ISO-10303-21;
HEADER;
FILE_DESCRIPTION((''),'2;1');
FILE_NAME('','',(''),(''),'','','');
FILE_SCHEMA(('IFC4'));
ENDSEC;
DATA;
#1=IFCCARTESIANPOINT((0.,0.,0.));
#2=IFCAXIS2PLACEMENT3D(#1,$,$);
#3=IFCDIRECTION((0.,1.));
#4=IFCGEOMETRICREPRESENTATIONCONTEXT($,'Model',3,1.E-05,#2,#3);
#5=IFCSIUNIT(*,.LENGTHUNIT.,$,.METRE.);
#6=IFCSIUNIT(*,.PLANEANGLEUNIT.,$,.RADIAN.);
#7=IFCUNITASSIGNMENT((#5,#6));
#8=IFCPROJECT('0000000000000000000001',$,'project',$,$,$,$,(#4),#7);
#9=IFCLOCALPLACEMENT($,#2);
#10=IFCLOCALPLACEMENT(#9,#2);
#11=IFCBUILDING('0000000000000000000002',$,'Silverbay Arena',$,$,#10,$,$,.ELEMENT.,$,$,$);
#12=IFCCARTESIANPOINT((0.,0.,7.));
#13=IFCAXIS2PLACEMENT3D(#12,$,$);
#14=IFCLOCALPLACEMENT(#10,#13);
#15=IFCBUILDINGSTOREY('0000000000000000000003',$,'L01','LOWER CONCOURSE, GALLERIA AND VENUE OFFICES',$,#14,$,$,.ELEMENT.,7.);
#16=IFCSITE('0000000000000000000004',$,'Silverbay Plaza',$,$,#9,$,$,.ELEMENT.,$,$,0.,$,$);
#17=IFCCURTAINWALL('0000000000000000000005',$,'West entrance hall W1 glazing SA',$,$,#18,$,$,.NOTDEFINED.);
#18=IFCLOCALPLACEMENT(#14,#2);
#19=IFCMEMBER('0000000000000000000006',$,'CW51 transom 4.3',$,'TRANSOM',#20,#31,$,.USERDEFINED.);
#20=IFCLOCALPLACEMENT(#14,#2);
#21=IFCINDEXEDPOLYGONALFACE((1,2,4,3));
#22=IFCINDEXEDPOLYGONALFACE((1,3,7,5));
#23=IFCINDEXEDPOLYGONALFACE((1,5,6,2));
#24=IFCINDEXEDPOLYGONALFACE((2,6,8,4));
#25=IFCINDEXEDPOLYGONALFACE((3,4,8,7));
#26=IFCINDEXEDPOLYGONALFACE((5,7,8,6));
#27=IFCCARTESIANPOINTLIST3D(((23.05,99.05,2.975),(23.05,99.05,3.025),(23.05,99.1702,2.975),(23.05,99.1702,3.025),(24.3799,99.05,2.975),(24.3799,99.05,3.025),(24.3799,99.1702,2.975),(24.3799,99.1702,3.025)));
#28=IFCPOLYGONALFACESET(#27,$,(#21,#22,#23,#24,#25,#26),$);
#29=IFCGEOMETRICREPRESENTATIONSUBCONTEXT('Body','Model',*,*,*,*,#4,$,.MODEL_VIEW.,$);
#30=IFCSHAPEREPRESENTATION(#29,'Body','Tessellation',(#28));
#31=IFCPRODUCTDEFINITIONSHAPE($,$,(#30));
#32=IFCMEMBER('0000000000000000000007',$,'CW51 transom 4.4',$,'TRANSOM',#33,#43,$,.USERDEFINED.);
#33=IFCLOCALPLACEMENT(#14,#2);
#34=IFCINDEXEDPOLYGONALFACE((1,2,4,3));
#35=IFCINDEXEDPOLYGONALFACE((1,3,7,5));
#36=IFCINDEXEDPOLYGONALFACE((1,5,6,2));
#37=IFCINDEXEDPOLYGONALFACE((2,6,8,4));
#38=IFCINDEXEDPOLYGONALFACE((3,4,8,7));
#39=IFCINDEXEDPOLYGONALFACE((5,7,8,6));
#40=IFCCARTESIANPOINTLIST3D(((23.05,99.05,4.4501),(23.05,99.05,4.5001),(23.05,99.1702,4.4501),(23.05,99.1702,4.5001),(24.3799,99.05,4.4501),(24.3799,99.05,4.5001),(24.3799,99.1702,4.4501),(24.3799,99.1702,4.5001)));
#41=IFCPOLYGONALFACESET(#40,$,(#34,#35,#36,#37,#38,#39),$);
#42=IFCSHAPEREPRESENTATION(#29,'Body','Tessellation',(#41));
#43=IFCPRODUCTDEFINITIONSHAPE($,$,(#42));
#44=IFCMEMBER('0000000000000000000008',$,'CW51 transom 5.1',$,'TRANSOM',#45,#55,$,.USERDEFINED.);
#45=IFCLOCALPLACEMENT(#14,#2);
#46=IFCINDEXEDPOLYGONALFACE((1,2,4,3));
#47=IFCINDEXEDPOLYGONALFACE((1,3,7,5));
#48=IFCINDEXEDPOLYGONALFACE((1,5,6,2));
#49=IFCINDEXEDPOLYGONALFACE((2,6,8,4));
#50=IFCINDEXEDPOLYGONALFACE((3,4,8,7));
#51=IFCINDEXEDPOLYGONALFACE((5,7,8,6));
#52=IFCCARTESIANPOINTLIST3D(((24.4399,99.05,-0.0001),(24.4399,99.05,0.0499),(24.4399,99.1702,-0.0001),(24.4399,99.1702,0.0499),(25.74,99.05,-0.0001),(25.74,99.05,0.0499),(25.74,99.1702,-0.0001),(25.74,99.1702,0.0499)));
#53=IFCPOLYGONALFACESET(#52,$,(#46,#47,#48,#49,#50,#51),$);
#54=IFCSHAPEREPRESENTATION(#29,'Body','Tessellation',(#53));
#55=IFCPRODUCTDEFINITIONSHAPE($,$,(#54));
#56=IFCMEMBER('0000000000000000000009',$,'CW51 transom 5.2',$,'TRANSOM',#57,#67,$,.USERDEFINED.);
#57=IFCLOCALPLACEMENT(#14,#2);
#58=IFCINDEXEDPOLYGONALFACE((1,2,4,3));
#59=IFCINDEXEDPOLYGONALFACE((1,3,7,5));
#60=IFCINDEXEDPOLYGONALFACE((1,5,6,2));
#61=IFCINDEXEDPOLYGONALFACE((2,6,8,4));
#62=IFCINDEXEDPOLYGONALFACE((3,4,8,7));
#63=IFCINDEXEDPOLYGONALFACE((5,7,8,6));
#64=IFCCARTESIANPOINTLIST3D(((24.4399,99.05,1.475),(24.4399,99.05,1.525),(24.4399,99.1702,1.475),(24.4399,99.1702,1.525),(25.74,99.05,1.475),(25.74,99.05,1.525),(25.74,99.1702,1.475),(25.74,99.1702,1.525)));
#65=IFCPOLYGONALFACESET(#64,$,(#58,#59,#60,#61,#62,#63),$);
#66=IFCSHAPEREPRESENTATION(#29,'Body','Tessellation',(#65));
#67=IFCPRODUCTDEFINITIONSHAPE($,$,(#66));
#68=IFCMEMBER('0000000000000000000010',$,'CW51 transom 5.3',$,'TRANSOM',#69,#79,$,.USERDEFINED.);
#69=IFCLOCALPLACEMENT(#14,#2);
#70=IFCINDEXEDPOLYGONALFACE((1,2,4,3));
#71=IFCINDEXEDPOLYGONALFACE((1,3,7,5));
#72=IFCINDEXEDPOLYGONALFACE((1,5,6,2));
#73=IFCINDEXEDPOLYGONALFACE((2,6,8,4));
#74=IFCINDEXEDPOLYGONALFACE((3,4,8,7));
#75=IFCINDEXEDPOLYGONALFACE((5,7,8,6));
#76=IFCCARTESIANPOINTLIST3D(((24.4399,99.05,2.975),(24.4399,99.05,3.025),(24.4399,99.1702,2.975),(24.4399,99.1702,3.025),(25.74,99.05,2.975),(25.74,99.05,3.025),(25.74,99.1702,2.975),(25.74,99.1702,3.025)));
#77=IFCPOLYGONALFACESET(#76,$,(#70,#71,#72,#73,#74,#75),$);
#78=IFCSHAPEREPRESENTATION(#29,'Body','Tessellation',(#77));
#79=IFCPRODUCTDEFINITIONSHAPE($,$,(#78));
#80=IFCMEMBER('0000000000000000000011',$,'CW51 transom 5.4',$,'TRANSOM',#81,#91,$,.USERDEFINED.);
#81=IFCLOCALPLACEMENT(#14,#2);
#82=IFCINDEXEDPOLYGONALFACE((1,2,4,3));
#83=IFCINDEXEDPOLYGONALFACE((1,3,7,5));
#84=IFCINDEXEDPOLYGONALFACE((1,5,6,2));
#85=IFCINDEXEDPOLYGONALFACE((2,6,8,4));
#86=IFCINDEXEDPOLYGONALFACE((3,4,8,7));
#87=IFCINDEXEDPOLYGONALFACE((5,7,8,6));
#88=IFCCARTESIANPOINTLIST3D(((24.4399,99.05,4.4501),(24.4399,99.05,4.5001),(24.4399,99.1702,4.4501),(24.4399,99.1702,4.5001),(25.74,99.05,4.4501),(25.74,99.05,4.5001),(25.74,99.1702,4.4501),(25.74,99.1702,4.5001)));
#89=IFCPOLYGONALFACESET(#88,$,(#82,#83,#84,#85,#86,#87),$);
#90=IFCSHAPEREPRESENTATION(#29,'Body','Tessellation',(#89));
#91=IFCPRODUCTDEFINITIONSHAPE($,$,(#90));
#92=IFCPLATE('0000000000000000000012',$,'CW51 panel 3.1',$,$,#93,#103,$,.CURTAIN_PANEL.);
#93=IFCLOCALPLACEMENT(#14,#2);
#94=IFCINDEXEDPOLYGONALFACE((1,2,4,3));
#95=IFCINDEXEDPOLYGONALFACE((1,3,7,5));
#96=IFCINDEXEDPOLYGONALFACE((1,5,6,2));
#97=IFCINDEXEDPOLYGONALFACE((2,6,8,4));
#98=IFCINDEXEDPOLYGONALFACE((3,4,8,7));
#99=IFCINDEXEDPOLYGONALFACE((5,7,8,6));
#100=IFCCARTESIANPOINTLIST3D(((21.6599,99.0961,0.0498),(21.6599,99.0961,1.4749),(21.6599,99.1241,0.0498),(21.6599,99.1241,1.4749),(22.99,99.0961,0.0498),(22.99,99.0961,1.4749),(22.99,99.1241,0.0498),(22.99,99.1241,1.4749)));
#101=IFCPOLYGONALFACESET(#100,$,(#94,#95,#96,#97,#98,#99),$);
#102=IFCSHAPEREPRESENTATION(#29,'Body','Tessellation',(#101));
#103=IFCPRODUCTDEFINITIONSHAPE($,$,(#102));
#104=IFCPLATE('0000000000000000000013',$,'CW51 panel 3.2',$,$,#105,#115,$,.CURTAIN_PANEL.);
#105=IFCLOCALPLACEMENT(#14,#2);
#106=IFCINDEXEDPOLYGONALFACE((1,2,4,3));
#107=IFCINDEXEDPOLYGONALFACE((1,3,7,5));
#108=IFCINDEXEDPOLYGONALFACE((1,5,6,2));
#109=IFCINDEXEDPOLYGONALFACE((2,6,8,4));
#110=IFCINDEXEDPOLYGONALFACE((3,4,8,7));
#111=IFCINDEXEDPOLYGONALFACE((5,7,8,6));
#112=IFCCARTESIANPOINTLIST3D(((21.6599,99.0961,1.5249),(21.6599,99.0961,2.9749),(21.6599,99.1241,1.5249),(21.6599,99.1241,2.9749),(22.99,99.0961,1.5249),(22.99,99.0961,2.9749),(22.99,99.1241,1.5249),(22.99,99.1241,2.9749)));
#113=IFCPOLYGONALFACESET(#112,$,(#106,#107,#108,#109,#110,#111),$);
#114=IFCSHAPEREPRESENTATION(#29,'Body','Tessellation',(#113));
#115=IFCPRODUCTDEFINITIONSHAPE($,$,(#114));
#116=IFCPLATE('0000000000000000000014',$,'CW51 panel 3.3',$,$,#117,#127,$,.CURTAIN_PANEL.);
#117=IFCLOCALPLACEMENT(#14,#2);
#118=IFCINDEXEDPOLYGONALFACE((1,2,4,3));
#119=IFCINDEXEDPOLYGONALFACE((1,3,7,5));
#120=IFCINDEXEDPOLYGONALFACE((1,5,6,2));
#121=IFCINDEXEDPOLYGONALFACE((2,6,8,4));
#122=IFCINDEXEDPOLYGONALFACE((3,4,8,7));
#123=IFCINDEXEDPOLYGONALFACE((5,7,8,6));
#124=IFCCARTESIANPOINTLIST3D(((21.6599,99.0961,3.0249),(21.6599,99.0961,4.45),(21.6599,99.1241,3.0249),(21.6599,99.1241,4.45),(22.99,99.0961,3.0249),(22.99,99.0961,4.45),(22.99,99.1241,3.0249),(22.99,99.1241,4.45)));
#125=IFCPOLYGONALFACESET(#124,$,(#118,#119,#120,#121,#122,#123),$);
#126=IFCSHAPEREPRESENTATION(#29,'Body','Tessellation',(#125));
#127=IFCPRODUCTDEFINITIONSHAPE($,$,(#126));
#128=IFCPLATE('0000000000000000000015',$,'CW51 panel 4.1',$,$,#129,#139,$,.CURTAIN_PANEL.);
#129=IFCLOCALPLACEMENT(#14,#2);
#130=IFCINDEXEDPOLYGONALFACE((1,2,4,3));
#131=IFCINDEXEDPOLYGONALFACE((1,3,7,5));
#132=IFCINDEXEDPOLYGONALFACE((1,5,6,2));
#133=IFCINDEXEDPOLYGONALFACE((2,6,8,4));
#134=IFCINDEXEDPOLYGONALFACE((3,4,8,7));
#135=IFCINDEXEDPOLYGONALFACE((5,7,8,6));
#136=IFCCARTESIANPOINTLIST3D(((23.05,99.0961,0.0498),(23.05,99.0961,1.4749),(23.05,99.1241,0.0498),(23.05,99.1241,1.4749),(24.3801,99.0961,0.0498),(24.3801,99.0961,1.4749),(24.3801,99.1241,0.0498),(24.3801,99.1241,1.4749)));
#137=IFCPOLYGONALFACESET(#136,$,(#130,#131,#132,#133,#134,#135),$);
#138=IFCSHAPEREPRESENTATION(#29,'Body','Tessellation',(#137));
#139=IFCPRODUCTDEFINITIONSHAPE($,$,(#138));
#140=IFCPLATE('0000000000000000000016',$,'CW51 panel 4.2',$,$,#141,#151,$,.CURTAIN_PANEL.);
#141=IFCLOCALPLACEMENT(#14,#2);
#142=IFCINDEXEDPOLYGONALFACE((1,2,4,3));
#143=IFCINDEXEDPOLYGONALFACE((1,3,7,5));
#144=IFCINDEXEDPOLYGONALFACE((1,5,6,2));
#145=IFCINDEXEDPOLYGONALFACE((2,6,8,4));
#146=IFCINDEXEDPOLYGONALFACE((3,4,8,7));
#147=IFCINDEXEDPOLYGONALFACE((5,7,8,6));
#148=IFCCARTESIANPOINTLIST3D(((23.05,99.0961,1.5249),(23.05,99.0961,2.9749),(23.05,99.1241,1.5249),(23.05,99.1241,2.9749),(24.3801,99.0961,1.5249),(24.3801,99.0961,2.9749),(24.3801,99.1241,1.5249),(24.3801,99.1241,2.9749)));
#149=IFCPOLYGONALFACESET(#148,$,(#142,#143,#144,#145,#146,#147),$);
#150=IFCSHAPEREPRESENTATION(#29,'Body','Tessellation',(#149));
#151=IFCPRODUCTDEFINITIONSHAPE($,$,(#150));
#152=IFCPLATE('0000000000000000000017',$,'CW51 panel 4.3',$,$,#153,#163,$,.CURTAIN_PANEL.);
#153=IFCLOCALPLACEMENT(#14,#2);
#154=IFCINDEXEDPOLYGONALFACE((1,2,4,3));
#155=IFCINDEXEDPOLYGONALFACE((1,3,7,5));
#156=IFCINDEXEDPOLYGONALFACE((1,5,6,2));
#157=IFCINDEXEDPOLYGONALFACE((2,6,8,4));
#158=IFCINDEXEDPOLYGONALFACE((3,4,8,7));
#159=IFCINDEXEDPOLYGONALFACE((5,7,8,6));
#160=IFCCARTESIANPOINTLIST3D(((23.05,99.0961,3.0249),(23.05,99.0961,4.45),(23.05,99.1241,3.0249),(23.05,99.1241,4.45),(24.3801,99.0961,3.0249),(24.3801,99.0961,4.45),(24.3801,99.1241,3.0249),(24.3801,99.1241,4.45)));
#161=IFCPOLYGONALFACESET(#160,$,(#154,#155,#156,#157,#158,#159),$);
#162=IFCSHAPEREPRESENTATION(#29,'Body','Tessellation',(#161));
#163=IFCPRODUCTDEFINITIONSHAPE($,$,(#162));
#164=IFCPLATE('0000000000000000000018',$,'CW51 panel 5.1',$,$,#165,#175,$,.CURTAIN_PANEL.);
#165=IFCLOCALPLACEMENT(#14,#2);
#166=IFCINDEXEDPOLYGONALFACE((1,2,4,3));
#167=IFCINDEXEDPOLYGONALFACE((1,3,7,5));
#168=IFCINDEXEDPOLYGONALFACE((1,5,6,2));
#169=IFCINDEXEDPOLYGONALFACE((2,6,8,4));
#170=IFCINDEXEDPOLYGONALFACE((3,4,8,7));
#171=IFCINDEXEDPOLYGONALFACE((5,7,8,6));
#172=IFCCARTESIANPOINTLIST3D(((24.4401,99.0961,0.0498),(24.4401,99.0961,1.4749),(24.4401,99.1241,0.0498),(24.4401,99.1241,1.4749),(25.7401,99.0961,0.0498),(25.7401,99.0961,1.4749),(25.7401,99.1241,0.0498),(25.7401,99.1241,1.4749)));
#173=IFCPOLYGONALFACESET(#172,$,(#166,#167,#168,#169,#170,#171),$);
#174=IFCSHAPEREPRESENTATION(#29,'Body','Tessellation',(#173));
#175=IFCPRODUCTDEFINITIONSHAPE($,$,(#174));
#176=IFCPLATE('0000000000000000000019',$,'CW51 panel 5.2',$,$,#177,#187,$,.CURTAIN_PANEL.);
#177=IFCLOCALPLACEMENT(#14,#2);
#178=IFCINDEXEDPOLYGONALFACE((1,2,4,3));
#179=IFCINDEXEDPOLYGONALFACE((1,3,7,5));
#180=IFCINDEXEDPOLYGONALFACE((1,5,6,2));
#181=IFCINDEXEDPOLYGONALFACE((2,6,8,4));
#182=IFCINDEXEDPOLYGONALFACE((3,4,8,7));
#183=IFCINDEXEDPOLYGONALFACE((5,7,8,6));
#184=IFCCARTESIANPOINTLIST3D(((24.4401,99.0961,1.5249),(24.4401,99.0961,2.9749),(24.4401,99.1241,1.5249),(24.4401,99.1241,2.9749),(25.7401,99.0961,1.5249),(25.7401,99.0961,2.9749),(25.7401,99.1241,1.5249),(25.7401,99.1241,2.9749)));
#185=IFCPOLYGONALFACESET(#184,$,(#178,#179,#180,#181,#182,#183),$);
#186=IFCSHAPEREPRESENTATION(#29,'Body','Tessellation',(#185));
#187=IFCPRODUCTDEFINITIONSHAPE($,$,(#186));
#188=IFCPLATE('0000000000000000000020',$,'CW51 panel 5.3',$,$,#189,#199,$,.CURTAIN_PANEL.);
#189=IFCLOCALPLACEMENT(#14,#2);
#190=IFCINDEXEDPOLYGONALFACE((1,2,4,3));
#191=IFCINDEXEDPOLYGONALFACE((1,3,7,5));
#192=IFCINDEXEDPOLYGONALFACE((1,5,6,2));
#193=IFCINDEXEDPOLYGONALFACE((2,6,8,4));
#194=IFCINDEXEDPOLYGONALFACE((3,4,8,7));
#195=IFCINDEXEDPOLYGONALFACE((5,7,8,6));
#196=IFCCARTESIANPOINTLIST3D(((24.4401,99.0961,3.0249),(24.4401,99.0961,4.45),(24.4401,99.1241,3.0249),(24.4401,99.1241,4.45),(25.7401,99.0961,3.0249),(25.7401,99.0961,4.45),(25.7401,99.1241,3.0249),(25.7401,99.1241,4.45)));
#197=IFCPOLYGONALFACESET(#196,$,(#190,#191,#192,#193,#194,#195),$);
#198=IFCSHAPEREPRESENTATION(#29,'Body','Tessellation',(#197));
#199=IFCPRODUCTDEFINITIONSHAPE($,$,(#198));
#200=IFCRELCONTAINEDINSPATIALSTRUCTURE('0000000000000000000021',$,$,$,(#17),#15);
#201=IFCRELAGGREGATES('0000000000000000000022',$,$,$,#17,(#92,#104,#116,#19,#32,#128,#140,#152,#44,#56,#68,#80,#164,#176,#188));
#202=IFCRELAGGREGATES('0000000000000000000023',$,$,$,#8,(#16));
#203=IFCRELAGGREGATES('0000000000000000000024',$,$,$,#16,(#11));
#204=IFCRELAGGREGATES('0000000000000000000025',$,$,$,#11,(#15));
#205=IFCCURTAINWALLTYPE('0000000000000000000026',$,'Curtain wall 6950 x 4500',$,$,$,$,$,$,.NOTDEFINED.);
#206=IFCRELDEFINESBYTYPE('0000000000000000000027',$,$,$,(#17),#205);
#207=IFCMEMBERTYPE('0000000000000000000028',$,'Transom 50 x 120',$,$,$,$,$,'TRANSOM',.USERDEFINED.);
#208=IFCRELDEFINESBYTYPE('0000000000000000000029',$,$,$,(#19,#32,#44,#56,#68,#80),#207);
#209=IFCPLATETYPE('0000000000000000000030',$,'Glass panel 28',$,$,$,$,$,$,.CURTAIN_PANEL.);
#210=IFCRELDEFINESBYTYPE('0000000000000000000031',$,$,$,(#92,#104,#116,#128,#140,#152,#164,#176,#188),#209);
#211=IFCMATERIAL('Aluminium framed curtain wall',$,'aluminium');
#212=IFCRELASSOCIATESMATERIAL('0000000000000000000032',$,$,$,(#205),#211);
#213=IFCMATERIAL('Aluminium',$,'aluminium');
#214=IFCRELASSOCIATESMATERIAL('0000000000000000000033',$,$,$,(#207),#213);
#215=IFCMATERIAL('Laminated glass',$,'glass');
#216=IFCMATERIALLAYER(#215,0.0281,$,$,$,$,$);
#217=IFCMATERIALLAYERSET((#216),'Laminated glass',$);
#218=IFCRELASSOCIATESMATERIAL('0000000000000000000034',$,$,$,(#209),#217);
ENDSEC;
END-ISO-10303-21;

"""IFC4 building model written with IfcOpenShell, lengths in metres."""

from ifc_helpers import new_model, si_unit, direction, frame, origin, origin_2d, place, context, subcontext, project, spatial, rectangle, extrude, material, layer, layer_set, material_profile, profile_set, type_object, element, aggregate, save


model = new_model("IFC4")

# Units and contexts
model_context = context("Model", 3, precision=1e-05, world=origin(), true_north=direction((0.0, 1.0)))
body_context = subcontext(model_context, "Body", "Model", "MODEL_VIEW")
ifc_project = project(units=[si_unit("LENGTHUNIT", "METRE"), si_unit("PLANEANGLEUNIT", "RADIAN")], contexts=[model_context])

# Site, building, storey
site_placement = place(None, origin())
site = spatial("IfcSite", under=ifc_project, at=site_placement, Name="Silverbay Plaza", CompositionType="ELEMENT", RefElevation=0.0)
building_placement = place(site_placement, origin())
building = spatial("IfcBuilding", under=site, at=building_placement, Name="Silverbay Arena", CompositionType="ELEMENT")
storey_placement = place(building_placement, frame((0.0, 0.0, 7.0)))
storey = spatial("IfcBuildingStorey", under=building, at=storey_placement, Name="L01", Description="LOWER CONCOURSE, GALLERIA AND VENUE OFFICES", CompositionType="ELEMENT", Elevation=7.0)

# Curtain wall
ifc_material_1 = material(Name="Aluminium framed curtain wall", Category="aluminium")
curtain_wall_type = type_object("IfcCurtainWallType", Name="Curtain wall 6950 x 4500", PredefinedType="NOTDEFINED", material=ifc_material_1)
curtain_wall_placement = place(storey_placement, origin())
curtain_wall = element("IfcCurtainWall", 1, at=curtain_wall_placement, inside=storey, type_object=curtain_wall_type, Name="West entrance hall W1 glazing SA", PredefinedType="NOTDEFINED")

# Members
ifc_material_2 = material(Name="Aluminium", Category="aluminium")
ifc_material_profile_1 = material_profile(ifc_material_2, rectangle(XDim=0.1201, YDim=0.05, at=origin_2d()), Name="Transom 50 x 120")
ifc_profile_set_1 = profile_set([ifc_material_profile_1], Name="Aluminium")
member_type_1 = type_object("IfcMemberType", Name="Transom 50 x 120", ElementType="TRANSOM", PredefinedType="USERDEFINED", material=ifc_profile_set_1)
member_1_placement = place(storey_placement, frame((23.05, 99.1101, 3.0), z_axis=(1.0, 0.0, 0.0), x_axis=(0.0, 1.0, 0.0)))
member_1 = element("IfcMember", 2, at=member_1_placement, type_object=member_type_1, Name="CW51 transom 4.3", ObjectType="TRANSOM", PredefinedType="USERDEFINED", context=body_context, shape_type="SweptSolid", body=[
    extrude(rectangle(XDim=0.1201, YDim=0.05, at=origin_2d()), origin(), (0.0, 0.0, 1.0), 1.3298),
])
member_2_placement = place(storey_placement, frame((23.05, 99.1101, 4.4751), z_axis=(1.0, 0.0, 0.0), x_axis=(0.0, 1.0, 0.0)))
member_2 = element("IfcMember", 3, at=member_2_placement, type_object=member_type_1, Name="CW51 transom 4.4", ObjectType="TRANSOM", PredefinedType="USERDEFINED", context=body_context, shape_type="SweptSolid", body=[
    extrude(rectangle(XDim=0.1201, YDim=0.05, at=origin_2d()), origin(), (0.0, 0.0, 1.0), 1.3298),
])
member_3_placement = place(storey_placement, frame((24.4399, 99.1101, 0.0249), z_axis=(1.0, 0.0, 0.0), x_axis=(0.0, 1.0, 0.0)))
member_3 = element("IfcMember", 4, at=member_3_placement, type_object=member_type_1, Name="CW51 transom 5.1", ObjectType="TRANSOM", PredefinedType="USERDEFINED", context=body_context, shape_type="SweptSolid", body=[
    extrude(rectangle(XDim=0.1201, YDim=0.05, at=origin_2d()), origin(), (0.0, 0.0, 1.0), 1.3),
])
member_4_placement = place(storey_placement, frame((24.4399, 99.1101, 1.5), z_axis=(1.0, 0.0, 0.0), x_axis=(0.0, 1.0, 0.0)))
member_4 = element("IfcMember", 5, at=member_4_placement, type_object=member_type_1, Name="CW51 transom 5.2", ObjectType="TRANSOM", PredefinedType="USERDEFINED", context=body_context, shape_type="SweptSolid", body=[
    extrude(rectangle(XDim=0.1201, YDim=0.05, at=origin_2d()), origin(), (0.0, 0.0, 1.0), 1.3),
])
member_5_placement = place(storey_placement, frame((24.4399, 99.1101, 3.0), z_axis=(1.0, 0.0, 0.0), x_axis=(0.0, 1.0, 0.0)))
member_5 = element("IfcMember", 6, at=member_5_placement, type_object=member_type_1, Name="CW51 transom 5.3", ObjectType="TRANSOM", PredefinedType="USERDEFINED", context=body_context, shape_type="SweptSolid", body=[
    extrude(rectangle(XDim=0.1201, YDim=0.05, at=origin_2d()), origin(), (0.0, 0.0, 1.0), 1.3),
])
member_6_placement = place(storey_placement, frame((24.4399, 99.1101, 4.4751), z_axis=(1.0, 0.0, 0.0), x_axis=(0.0, 1.0, 0.0)))
member_6 = element("IfcMember", 7, at=member_6_placement, type_object=member_type_1, Name="CW51 transom 5.4", ObjectType="TRANSOM", PredefinedType="USERDEFINED", context=body_context, shape_type="SweptSolid", body=[
    extrude(rectangle(XDim=0.1201, YDim=0.05, at=origin_2d()), origin(), (0.0, 0.0, 1.0), 1.3),
])

# Plates
ifc_material_3 = material(Name="Laminated glass", Category="glass")
ifc_layer_1 = layer(ifc_material_3, 0.0281)
ifc_layer_set_1 = layer_set([ifc_layer_1], Name="Laminated glass")
plate_type = type_object("IfcPlateType", Name="Glass panel 28", PredefinedType="CURTAIN_PANEL", material=ifc_layer_set_1)
plate_1_placement = place(storey_placement, frame((22.325, 99.1101, 0.0498), z_axis=(0.0, 0.0, 1.0), x_axis=(1.0, 0.0, 0.0)))
plate_1 = element("IfcPlate", 8, at=plate_1_placement, type_object=plate_type, Name="CW51 panel 3.1", PredefinedType="CURTAIN_PANEL", context=body_context, shape_type="SweptSolid", body=[
    extrude(rectangle(XDim=1.3301, YDim=0.0281, at=origin_2d()), origin(), (0.0, 0.0, 1.0), 1.425),
])
plate_2_placement = place(storey_placement, frame((22.325, 99.1101, 1.5249), z_axis=(0.0, 0.0, 1.0), x_axis=(1.0, 0.0, 0.0)))
plate_2 = element("IfcPlate", 9, at=plate_2_placement, type_object=plate_type, Name="CW51 panel 3.2", PredefinedType="CURTAIN_PANEL", context=body_context, shape_type="SweptSolid", body=[
    extrude(rectangle(XDim=1.3301, YDim=0.0281, at=origin_2d()), origin(), (0.0, 0.0, 1.0), 1.45),
])
plate_3_placement = place(storey_placement, frame((22.325, 99.1101, 3.0249), z_axis=(0.0, 0.0, 1.0), x_axis=(1.0, 0.0, 0.0)))
plate_3 = element("IfcPlate", 10, at=plate_3_placement, type_object=plate_type, Name="CW51 panel 3.3", PredefinedType="CURTAIN_PANEL", context=body_context, shape_type="SweptSolid", body=[
    extrude(rectangle(XDim=1.3301, YDim=0.0281, at=origin_2d()), origin(), (0.0, 0.0, 1.0), 1.425),
])
plate_4_placement = place(storey_placement, frame((23.7151, 99.1101, 0.0498), z_axis=(0.0, 0.0, 1.0), x_axis=(1.0, 0.0, 0.0)))
plate_4 = element("IfcPlate", 11, at=plate_4_placement, type_object=plate_type, Name="CW51 panel 4.1", PredefinedType="CURTAIN_PANEL", context=body_context, shape_type="SweptSolid", body=[
    extrude(rectangle(XDim=1.3301, YDim=0.0281, at=origin_2d()), origin(), (0.0, 0.0, 1.0), 1.425),
])
plate_5_placement = place(storey_placement, frame((23.7151, 99.1101, 1.5249), z_axis=(0.0, 0.0, 1.0), x_axis=(1.0, 0.0, 0.0)))
plate_5 = element("IfcPlate", 12, at=plate_5_placement, type_object=plate_type, Name="CW51 panel 4.2", PredefinedType="CURTAIN_PANEL", context=body_context, shape_type="SweptSolid", body=[
    extrude(rectangle(XDim=1.3301, YDim=0.0281, at=origin_2d()), origin(), (0.0, 0.0, 1.0), 1.45),
])
plate_6_placement = place(storey_placement, frame((23.7151, 99.1101, 3.0249), z_axis=(0.0, 0.0, 1.0), x_axis=(1.0, 0.0, 0.0)))
plate_6 = element("IfcPlate", 13, at=plate_6_placement, type_object=plate_type, Name="CW51 panel 4.3", PredefinedType="CURTAIN_PANEL", context=body_context, shape_type="SweptSolid", body=[
    extrude(rectangle(XDim=1.3301, YDim=0.0281, at=origin_2d()), origin(), (0.0, 0.0, 1.0), 1.425),
])
plate_7_placement = place(storey_placement, frame((25.0901, 99.1101, 0.0498), z_axis=(0.0, 0.0, 1.0), x_axis=(1.0, 0.0, 0.0)))
plate_7 = element("IfcPlate", 14, at=plate_7_placement, type_object=plate_type, Name="CW51 panel 5.1", PredefinedType="CURTAIN_PANEL", context=body_context, shape_type="SweptSolid", body=[
    extrude(rectangle(XDim=1.3, YDim=0.0281, at=origin_2d()), origin(), (0.0, 0.0, 1.0), 1.425),
])
plate_8_placement = place(storey_placement, frame((25.0901, 99.1101, 1.5249), z_axis=(0.0, 0.0, 1.0), x_axis=(1.0, 0.0, 0.0)))
plate_8 = element("IfcPlate", 15, at=plate_8_placement, type_object=plate_type, Name="CW51 panel 5.2", PredefinedType="CURTAIN_PANEL", context=body_context, shape_type="SweptSolid", body=[
    extrude(rectangle(XDim=1.3, YDim=0.0281, at=origin_2d()), origin(), (0.0, 0.0, 1.0), 1.45),
])
plate_9_placement = place(storey_placement, frame((25.0901, 99.1101, 3.0249), z_axis=(0.0, 0.0, 1.0), x_axis=(1.0, 0.0, 0.0)))
plate_9 = element("IfcPlate", 16, at=plate_9_placement, type_object=plate_type, Name="CW51 panel 5.3", PredefinedType="CURTAIN_PANEL", context=body_context, shape_type="SweptSolid", body=[
    extrude(rectangle(XDim=1.3, YDim=0.0281, at=origin_2d()), origin(), (0.0, 0.0, 1.0), 1.425),
])
aggregate(curtain_wall, [plate_1, plate_2, plate_3, member_1, member_2, plate_4, plate_5, plate_6, member_3, member_4, member_5, member_6, plate_7, plate_8, plate_9])

save(model, "model.ifc")
